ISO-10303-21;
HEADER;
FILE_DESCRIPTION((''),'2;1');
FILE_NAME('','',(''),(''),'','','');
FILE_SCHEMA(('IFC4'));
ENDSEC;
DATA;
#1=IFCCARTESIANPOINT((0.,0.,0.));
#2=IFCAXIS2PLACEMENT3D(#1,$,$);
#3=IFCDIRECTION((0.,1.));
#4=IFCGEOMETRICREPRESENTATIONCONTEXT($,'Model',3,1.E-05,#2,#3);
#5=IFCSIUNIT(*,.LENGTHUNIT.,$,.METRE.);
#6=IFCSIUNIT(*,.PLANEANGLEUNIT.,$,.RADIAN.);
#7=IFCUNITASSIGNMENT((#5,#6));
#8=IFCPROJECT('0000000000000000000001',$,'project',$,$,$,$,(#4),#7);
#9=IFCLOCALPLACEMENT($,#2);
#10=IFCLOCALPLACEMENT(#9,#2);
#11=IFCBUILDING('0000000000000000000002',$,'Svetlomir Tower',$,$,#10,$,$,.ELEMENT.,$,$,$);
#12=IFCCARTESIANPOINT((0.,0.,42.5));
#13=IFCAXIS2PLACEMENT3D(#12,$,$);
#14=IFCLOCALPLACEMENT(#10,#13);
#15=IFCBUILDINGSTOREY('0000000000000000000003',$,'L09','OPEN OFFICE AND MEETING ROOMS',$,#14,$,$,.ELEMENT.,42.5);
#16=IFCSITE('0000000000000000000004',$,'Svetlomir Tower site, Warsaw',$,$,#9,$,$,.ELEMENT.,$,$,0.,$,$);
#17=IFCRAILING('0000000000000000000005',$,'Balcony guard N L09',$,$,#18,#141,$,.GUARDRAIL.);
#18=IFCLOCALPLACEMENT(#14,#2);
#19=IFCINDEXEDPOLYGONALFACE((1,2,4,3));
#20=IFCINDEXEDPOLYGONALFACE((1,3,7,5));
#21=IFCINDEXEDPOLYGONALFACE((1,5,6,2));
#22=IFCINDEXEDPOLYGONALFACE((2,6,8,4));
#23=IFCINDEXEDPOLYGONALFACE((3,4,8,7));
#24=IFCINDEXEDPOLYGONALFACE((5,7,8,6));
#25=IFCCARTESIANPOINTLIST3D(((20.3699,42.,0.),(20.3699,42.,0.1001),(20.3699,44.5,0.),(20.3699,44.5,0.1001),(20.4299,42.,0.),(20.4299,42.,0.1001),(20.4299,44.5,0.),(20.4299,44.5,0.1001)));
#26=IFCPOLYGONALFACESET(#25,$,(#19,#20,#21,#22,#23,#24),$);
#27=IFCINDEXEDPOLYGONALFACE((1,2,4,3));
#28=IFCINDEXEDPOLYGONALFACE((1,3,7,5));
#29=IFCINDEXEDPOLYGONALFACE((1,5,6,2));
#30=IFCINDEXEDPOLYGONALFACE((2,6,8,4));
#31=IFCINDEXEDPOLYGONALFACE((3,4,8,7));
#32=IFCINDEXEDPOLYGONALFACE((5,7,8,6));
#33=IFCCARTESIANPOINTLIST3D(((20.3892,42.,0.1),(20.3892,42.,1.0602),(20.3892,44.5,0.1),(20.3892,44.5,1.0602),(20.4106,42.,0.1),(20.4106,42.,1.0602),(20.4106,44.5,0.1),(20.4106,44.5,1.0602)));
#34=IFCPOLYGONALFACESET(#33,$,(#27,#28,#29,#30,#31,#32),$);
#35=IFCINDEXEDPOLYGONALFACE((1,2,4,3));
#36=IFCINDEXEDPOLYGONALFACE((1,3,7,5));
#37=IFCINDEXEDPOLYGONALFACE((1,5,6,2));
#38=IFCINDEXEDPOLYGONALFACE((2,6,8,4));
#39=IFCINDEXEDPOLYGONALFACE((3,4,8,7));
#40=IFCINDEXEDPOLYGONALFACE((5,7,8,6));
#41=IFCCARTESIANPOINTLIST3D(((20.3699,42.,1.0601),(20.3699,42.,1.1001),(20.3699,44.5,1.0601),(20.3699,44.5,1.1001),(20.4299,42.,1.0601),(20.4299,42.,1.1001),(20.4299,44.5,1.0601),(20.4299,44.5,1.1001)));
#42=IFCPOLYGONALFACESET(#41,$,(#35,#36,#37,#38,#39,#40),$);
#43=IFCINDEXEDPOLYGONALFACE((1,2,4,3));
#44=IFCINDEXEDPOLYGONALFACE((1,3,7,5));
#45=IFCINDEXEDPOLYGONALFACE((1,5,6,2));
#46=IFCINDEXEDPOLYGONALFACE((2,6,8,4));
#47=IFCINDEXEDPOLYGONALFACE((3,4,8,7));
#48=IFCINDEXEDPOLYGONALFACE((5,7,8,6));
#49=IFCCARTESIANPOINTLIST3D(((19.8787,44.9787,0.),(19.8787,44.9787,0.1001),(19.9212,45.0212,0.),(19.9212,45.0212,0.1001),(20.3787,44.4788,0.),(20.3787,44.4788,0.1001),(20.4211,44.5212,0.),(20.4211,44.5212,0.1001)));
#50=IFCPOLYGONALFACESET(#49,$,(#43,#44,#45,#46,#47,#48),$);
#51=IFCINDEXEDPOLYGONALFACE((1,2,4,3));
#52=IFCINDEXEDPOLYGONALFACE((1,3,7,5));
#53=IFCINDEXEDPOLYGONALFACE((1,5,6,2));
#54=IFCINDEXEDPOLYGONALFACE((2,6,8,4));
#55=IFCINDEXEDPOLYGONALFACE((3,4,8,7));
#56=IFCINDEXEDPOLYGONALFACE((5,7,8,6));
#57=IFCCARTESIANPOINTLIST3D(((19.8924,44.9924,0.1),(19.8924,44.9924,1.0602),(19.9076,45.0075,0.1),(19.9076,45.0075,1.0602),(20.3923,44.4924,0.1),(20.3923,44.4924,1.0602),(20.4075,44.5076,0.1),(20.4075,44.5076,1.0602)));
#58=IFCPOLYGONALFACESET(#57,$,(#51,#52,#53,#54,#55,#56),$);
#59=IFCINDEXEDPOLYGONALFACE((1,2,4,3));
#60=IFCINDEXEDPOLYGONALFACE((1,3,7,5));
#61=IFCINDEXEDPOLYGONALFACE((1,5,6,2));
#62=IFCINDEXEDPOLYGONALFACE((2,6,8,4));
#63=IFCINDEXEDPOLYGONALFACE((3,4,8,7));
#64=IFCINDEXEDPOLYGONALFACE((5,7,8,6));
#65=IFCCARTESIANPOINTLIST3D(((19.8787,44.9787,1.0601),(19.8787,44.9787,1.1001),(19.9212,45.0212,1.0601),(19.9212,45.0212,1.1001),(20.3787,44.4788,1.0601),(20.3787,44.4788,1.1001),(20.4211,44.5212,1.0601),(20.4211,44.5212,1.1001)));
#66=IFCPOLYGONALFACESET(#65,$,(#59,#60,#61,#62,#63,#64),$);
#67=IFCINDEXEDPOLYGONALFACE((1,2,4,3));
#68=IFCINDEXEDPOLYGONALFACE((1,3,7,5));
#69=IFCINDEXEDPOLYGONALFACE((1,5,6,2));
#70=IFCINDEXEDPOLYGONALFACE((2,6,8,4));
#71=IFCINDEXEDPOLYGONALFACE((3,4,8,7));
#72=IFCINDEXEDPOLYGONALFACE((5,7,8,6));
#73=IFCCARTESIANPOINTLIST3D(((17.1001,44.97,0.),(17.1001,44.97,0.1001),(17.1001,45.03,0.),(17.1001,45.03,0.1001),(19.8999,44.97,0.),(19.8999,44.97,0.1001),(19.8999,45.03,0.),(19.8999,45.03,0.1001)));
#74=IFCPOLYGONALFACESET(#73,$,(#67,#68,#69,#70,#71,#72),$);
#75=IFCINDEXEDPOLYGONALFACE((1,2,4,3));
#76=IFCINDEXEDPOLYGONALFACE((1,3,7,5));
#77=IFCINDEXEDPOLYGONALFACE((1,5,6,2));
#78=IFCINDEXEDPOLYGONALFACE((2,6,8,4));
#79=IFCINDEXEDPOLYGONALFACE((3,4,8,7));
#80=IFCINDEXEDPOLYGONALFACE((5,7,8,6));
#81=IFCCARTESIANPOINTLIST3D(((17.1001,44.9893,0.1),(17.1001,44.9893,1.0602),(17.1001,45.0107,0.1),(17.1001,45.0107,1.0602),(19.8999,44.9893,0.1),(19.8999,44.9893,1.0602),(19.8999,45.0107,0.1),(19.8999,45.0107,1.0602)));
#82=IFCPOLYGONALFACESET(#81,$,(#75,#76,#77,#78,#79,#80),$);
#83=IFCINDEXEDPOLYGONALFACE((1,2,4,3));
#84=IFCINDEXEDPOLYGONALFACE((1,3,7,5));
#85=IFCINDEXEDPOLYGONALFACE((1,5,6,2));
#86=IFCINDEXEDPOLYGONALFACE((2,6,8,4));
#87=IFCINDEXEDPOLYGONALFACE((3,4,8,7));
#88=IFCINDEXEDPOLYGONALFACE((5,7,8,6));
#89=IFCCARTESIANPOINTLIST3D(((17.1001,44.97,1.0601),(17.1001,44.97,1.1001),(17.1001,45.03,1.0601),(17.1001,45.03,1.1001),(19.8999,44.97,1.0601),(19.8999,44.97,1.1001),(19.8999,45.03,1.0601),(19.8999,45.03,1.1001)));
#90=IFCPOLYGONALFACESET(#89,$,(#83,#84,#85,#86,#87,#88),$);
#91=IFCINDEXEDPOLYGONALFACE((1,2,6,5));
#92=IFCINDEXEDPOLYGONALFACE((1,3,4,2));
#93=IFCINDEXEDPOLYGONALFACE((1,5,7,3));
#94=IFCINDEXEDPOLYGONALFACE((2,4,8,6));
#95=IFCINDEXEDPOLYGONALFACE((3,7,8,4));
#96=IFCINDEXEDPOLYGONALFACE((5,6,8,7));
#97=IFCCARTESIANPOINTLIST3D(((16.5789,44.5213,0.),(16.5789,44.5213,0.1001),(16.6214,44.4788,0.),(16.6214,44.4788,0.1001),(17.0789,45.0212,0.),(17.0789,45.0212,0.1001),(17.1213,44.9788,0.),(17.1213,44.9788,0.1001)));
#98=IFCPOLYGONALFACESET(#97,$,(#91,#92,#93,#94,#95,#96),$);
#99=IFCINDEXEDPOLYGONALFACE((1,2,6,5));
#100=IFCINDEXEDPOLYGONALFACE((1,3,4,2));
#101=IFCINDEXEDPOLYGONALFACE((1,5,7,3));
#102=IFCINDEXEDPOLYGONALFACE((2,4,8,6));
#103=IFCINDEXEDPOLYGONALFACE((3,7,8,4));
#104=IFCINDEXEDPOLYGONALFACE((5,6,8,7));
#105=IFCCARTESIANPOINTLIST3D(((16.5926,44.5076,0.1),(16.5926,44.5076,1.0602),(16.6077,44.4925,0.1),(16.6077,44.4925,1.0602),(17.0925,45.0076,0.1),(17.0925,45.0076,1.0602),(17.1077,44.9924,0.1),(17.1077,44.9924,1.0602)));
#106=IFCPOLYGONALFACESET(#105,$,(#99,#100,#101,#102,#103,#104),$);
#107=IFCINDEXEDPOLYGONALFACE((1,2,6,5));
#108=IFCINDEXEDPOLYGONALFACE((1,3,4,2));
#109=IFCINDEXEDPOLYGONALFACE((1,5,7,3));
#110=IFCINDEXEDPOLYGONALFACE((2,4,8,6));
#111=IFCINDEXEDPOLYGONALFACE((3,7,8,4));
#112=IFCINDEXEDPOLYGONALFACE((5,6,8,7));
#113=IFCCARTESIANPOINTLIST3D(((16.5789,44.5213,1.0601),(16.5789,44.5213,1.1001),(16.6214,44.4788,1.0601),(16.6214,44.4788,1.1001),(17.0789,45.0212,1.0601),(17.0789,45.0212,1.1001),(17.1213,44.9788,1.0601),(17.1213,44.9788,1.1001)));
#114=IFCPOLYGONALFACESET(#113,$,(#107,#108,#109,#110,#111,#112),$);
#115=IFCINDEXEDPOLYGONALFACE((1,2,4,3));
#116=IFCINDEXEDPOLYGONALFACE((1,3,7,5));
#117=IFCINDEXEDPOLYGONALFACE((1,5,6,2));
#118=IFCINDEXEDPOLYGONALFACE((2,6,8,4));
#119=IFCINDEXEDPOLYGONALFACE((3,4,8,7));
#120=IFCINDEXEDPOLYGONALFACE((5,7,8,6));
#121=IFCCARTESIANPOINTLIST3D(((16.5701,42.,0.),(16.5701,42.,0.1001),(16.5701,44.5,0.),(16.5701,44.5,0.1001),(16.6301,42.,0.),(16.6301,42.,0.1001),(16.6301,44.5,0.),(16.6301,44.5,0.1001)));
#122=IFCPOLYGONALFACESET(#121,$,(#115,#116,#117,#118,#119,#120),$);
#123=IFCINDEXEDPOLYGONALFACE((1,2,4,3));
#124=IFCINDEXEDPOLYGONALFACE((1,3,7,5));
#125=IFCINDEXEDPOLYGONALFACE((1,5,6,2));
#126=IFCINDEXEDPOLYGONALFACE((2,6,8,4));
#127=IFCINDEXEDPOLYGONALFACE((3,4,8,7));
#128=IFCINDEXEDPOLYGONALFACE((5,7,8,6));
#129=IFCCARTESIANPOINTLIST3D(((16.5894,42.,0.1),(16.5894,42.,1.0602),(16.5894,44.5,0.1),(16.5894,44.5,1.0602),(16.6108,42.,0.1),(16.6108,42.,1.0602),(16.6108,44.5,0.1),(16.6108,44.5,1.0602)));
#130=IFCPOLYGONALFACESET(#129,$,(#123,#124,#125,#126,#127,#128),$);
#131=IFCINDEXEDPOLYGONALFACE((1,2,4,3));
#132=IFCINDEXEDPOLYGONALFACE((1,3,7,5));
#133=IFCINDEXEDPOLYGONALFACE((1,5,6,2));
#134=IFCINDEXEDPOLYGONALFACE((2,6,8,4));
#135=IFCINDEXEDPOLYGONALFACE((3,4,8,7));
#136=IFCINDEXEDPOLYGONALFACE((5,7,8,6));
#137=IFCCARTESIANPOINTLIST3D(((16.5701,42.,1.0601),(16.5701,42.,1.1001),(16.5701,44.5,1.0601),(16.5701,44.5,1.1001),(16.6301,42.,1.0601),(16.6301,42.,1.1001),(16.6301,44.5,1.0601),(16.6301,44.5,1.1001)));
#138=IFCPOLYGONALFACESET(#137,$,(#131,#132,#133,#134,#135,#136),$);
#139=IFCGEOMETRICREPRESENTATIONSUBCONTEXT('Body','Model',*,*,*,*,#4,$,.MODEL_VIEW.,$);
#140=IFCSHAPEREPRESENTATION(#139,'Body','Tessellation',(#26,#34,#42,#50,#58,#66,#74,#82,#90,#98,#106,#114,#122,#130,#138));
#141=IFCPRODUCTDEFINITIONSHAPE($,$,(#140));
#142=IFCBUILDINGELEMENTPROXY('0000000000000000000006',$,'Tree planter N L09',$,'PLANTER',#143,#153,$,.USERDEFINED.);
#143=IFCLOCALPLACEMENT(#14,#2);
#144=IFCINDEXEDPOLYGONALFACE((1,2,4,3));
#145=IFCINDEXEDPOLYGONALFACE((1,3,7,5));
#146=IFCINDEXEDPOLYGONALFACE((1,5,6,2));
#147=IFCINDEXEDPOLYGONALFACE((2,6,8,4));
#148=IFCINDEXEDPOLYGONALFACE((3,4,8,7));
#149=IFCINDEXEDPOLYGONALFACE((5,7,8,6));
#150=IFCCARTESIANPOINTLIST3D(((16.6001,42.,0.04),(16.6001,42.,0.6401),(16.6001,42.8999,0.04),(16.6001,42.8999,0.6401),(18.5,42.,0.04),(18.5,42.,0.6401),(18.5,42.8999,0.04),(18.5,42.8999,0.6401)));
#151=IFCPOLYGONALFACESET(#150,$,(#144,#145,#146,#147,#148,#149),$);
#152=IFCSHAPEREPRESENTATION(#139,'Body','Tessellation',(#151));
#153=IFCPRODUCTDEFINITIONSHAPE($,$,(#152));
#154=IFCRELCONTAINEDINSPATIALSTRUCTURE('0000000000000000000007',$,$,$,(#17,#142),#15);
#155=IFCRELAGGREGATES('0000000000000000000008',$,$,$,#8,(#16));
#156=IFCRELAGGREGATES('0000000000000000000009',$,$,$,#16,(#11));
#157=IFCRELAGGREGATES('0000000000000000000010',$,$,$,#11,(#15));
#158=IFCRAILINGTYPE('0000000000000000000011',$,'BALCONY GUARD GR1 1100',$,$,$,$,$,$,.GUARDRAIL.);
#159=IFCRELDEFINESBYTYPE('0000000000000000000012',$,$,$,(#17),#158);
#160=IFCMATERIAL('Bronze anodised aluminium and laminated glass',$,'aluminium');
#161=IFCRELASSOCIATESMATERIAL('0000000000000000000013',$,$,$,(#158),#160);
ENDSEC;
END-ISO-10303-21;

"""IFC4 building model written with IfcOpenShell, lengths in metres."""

from ifc_helpers import new_model, si_unit, direction, frame, origin, origin_2d, place, context, subcontext, project, spatial, rectangle, extrude, material, type_object, element, save


model = new_model("IFC4")

# Units and contexts
model_context = context("Model", 3, precision=1e-05, world=origin(), true_north=direction((0.0, 1.0)))
body_context = subcontext(model_context, "Body", "Model", "MODEL_VIEW")
ifc_project = project(units=[si_unit("LENGTHUNIT", "METRE"), si_unit("PLANEANGLEUNIT", "RADIAN")], contexts=[model_context])

# Site, building, storey
site_placement = place(None, origin())
site = spatial("IfcSite", under=ifc_project, at=site_placement, Name="Svetlomir Tower site, Warsaw", CompositionType="ELEMENT", RefElevation=0.0)
building_placement = place(site_placement, origin())
building = spatial("IfcBuilding", under=site, at=building_placement, Name="Svetlomir Tower", CompositionType="ELEMENT")
storey_placement = place(building_placement, frame((0.0, 0.0, 42.5)))
storey = spatial("IfcBuildingStorey", under=building, at=storey_placement, Name="L09", Description="OPEN OFFICE AND MEETING ROOMS", CompositionType="ELEMENT", Elevation=42.5)

# Railing
ifc_material_1 = material(Name="Bronze anodised aluminium and laminated glass", Category="aluminium")
railing_type = type_object("IfcRailingType", Name="BALCONY GUARD GR1 1100", PredefinedType="GUARDRAIL", material=ifc_material_1)
railing_placement = place(storey_placement, frame((20.3999, 42.0, 0.0)))
element("IfcRailing", 1, at=railing_placement, inside=storey, type_object=railing_type, Name="Balcony guard N L09", PredefinedType="GUARDRAIL", context=body_context, shape_type="SweptSolid", body=[
    extrude(rectangle(XDim=0.0601, YDim=0.1001, at=origin_2d()), frame((0.0, 0.0, 0.05), z_axis=(0.0, 1.0, 0.0), x_axis=(-1.0, 0.0, 0.0)), (0.0, 0.0, 1.0), 2.5),
    extrude(rectangle(XDim=0.0215, YDim=0.9602, at=origin_2d()), frame((0.0, 0.0, 0.5801), z_axis=(0.0, 1.0, 0.0), x_axis=(-1.0, 0.0, 0.0)), (0.0, 0.0, 1.0), 2.5),
    extrude(rectangle(XDim=0.0601, YDim=0.04, at=origin_2d()), frame((0.0, 0.0, 1.0801), z_axis=(0.0, 1.0, 0.0), x_axis=(-1.0, 0.0, 0.0)), (0.0, 0.0, 1.0), 2.5),
    extrude(rectangle(XDim=0.0601, YDim=0.1001, at=origin_2d()), frame((0.0, 2.5, 0.05), z_axis=(-0.707107, 0.707107, 0.0), x_axis=(-0.707107, -0.707107, 0.0)), (0.0, 0.0, 1.0), 0.707),
    extrude(rectangle(XDim=0.0215, YDim=0.9602, at=origin_2d()), frame((0.0, 2.5, 0.5801), z_axis=(-0.707107, 0.707107, 0.0), x_axis=(-0.707107, -0.707107, 0.0)), (0.0, 0.0, 1.0), 0.707),
    extrude(rectangle(XDim=0.0601, YDim=0.04, at=origin_2d()), frame((0.0, 2.5, 1.0801), z_axis=(-0.707107, 0.707107, 0.0), x_axis=(-0.707107, -0.707107, 0.0)), (0.0, 0.0, 1.0), 0.707),
    extrude(rectangle(XDim=0.0601, YDim=0.1001, at=origin_2d()), frame((-0.5, 3.0, 0.05), z_axis=(-1.0, 0.0, 0.0), x_axis=(0.0, -1.0, 0.0)), (0.0, 0.0, 1.0), 2.7998),
    extrude(rectangle(XDim=0.0215, YDim=0.9602, at=origin_2d()), frame((-0.5, 3.0, 0.5801), z_axis=(-1.0, 0.0, 0.0), x_axis=(0.0, -1.0, 0.0)), (0.0, 0.0, 1.0), 2.7998),
    extrude(rectangle(XDim=0.0601, YDim=0.04, at=origin_2d()), frame((-0.5, 3.0, 1.0801), z_axis=(-1.0, 0.0, 0.0), x_axis=(0.0, -1.0, 0.0)), (0.0, 0.0, 1.0), 2.7998),
    extrude(rectangle(XDim=0.0601, YDim=0.1001, at=origin_2d()), frame((-3.2998, 3.0, 0.05), z_axis=(-0.707107, -0.707107, 0.0), x_axis=(0.707107, -0.707107, 0.0)), (0.0, 0.0, 1.0), 0.707),
    extrude(rectangle(XDim=0.0215, YDim=0.9602, at=origin_2d()), frame((-3.2998, 3.0, 0.5801), z_axis=(-0.707107, -0.707107, 0.0), x_axis=(0.707107, -0.707107, 0.0)), (0.0, 0.0, 1.0), 0.707),
    extrude(rectangle(XDim=0.0601, YDim=0.04, at=origin_2d()), frame((-3.2998, 3.0, 1.0801), z_axis=(-0.707107, -0.707107, 0.0), x_axis=(0.707107, -0.707107, 0.0)), (0.0, 0.0, 1.0), 0.707),
    extrude(rectangle(XDim=0.0601, YDim=0.1001, at=origin_2d()), frame((-3.7998, 2.5, 0.05), z_axis=(0.0, -1.0, 0.0), x_axis=(1.0, 0.0, 0.0)), (0.0, 0.0, 1.0), 2.5),
    extrude(rectangle(XDim=0.0215, YDim=0.9602, at=origin_2d()), frame((-3.7998, 2.5, 0.5801), z_axis=(0.0, -1.0, 0.0), x_axis=(1.0, 0.0, 0.0)), (0.0, 0.0, 1.0), 2.5),
    extrude(rectangle(XDim=0.0601, YDim=0.04, at=origin_2d()), frame((-3.7998, 2.5, 1.0801), z_axis=(0.0, -1.0, 0.0), x_axis=(1.0, 0.0, 0.0)), (0.0, 0.0, 1.0), 2.5),
])

# Building element proxy
proxy_placement = place(storey_placement, frame((17.55, 42.45, 0.04), z_axis=(0.0, 0.0, 1.0), x_axis=(1.0, 0.0, 0.0)))
element("IfcBuildingElementProxy", 2, at=proxy_placement, inside=storey, Name="Tree planter N L09", ObjectType="PLANTER", PredefinedType="USERDEFINED", context=body_context, shape_type="SweptSolid", body=[
    extrude(rectangle(XDim=1.8999, YDim=0.8999, at=origin_2d()), origin(), (0.0, 0.0, 1.0), 0.6001),
])

save(model, "model.ifc")
